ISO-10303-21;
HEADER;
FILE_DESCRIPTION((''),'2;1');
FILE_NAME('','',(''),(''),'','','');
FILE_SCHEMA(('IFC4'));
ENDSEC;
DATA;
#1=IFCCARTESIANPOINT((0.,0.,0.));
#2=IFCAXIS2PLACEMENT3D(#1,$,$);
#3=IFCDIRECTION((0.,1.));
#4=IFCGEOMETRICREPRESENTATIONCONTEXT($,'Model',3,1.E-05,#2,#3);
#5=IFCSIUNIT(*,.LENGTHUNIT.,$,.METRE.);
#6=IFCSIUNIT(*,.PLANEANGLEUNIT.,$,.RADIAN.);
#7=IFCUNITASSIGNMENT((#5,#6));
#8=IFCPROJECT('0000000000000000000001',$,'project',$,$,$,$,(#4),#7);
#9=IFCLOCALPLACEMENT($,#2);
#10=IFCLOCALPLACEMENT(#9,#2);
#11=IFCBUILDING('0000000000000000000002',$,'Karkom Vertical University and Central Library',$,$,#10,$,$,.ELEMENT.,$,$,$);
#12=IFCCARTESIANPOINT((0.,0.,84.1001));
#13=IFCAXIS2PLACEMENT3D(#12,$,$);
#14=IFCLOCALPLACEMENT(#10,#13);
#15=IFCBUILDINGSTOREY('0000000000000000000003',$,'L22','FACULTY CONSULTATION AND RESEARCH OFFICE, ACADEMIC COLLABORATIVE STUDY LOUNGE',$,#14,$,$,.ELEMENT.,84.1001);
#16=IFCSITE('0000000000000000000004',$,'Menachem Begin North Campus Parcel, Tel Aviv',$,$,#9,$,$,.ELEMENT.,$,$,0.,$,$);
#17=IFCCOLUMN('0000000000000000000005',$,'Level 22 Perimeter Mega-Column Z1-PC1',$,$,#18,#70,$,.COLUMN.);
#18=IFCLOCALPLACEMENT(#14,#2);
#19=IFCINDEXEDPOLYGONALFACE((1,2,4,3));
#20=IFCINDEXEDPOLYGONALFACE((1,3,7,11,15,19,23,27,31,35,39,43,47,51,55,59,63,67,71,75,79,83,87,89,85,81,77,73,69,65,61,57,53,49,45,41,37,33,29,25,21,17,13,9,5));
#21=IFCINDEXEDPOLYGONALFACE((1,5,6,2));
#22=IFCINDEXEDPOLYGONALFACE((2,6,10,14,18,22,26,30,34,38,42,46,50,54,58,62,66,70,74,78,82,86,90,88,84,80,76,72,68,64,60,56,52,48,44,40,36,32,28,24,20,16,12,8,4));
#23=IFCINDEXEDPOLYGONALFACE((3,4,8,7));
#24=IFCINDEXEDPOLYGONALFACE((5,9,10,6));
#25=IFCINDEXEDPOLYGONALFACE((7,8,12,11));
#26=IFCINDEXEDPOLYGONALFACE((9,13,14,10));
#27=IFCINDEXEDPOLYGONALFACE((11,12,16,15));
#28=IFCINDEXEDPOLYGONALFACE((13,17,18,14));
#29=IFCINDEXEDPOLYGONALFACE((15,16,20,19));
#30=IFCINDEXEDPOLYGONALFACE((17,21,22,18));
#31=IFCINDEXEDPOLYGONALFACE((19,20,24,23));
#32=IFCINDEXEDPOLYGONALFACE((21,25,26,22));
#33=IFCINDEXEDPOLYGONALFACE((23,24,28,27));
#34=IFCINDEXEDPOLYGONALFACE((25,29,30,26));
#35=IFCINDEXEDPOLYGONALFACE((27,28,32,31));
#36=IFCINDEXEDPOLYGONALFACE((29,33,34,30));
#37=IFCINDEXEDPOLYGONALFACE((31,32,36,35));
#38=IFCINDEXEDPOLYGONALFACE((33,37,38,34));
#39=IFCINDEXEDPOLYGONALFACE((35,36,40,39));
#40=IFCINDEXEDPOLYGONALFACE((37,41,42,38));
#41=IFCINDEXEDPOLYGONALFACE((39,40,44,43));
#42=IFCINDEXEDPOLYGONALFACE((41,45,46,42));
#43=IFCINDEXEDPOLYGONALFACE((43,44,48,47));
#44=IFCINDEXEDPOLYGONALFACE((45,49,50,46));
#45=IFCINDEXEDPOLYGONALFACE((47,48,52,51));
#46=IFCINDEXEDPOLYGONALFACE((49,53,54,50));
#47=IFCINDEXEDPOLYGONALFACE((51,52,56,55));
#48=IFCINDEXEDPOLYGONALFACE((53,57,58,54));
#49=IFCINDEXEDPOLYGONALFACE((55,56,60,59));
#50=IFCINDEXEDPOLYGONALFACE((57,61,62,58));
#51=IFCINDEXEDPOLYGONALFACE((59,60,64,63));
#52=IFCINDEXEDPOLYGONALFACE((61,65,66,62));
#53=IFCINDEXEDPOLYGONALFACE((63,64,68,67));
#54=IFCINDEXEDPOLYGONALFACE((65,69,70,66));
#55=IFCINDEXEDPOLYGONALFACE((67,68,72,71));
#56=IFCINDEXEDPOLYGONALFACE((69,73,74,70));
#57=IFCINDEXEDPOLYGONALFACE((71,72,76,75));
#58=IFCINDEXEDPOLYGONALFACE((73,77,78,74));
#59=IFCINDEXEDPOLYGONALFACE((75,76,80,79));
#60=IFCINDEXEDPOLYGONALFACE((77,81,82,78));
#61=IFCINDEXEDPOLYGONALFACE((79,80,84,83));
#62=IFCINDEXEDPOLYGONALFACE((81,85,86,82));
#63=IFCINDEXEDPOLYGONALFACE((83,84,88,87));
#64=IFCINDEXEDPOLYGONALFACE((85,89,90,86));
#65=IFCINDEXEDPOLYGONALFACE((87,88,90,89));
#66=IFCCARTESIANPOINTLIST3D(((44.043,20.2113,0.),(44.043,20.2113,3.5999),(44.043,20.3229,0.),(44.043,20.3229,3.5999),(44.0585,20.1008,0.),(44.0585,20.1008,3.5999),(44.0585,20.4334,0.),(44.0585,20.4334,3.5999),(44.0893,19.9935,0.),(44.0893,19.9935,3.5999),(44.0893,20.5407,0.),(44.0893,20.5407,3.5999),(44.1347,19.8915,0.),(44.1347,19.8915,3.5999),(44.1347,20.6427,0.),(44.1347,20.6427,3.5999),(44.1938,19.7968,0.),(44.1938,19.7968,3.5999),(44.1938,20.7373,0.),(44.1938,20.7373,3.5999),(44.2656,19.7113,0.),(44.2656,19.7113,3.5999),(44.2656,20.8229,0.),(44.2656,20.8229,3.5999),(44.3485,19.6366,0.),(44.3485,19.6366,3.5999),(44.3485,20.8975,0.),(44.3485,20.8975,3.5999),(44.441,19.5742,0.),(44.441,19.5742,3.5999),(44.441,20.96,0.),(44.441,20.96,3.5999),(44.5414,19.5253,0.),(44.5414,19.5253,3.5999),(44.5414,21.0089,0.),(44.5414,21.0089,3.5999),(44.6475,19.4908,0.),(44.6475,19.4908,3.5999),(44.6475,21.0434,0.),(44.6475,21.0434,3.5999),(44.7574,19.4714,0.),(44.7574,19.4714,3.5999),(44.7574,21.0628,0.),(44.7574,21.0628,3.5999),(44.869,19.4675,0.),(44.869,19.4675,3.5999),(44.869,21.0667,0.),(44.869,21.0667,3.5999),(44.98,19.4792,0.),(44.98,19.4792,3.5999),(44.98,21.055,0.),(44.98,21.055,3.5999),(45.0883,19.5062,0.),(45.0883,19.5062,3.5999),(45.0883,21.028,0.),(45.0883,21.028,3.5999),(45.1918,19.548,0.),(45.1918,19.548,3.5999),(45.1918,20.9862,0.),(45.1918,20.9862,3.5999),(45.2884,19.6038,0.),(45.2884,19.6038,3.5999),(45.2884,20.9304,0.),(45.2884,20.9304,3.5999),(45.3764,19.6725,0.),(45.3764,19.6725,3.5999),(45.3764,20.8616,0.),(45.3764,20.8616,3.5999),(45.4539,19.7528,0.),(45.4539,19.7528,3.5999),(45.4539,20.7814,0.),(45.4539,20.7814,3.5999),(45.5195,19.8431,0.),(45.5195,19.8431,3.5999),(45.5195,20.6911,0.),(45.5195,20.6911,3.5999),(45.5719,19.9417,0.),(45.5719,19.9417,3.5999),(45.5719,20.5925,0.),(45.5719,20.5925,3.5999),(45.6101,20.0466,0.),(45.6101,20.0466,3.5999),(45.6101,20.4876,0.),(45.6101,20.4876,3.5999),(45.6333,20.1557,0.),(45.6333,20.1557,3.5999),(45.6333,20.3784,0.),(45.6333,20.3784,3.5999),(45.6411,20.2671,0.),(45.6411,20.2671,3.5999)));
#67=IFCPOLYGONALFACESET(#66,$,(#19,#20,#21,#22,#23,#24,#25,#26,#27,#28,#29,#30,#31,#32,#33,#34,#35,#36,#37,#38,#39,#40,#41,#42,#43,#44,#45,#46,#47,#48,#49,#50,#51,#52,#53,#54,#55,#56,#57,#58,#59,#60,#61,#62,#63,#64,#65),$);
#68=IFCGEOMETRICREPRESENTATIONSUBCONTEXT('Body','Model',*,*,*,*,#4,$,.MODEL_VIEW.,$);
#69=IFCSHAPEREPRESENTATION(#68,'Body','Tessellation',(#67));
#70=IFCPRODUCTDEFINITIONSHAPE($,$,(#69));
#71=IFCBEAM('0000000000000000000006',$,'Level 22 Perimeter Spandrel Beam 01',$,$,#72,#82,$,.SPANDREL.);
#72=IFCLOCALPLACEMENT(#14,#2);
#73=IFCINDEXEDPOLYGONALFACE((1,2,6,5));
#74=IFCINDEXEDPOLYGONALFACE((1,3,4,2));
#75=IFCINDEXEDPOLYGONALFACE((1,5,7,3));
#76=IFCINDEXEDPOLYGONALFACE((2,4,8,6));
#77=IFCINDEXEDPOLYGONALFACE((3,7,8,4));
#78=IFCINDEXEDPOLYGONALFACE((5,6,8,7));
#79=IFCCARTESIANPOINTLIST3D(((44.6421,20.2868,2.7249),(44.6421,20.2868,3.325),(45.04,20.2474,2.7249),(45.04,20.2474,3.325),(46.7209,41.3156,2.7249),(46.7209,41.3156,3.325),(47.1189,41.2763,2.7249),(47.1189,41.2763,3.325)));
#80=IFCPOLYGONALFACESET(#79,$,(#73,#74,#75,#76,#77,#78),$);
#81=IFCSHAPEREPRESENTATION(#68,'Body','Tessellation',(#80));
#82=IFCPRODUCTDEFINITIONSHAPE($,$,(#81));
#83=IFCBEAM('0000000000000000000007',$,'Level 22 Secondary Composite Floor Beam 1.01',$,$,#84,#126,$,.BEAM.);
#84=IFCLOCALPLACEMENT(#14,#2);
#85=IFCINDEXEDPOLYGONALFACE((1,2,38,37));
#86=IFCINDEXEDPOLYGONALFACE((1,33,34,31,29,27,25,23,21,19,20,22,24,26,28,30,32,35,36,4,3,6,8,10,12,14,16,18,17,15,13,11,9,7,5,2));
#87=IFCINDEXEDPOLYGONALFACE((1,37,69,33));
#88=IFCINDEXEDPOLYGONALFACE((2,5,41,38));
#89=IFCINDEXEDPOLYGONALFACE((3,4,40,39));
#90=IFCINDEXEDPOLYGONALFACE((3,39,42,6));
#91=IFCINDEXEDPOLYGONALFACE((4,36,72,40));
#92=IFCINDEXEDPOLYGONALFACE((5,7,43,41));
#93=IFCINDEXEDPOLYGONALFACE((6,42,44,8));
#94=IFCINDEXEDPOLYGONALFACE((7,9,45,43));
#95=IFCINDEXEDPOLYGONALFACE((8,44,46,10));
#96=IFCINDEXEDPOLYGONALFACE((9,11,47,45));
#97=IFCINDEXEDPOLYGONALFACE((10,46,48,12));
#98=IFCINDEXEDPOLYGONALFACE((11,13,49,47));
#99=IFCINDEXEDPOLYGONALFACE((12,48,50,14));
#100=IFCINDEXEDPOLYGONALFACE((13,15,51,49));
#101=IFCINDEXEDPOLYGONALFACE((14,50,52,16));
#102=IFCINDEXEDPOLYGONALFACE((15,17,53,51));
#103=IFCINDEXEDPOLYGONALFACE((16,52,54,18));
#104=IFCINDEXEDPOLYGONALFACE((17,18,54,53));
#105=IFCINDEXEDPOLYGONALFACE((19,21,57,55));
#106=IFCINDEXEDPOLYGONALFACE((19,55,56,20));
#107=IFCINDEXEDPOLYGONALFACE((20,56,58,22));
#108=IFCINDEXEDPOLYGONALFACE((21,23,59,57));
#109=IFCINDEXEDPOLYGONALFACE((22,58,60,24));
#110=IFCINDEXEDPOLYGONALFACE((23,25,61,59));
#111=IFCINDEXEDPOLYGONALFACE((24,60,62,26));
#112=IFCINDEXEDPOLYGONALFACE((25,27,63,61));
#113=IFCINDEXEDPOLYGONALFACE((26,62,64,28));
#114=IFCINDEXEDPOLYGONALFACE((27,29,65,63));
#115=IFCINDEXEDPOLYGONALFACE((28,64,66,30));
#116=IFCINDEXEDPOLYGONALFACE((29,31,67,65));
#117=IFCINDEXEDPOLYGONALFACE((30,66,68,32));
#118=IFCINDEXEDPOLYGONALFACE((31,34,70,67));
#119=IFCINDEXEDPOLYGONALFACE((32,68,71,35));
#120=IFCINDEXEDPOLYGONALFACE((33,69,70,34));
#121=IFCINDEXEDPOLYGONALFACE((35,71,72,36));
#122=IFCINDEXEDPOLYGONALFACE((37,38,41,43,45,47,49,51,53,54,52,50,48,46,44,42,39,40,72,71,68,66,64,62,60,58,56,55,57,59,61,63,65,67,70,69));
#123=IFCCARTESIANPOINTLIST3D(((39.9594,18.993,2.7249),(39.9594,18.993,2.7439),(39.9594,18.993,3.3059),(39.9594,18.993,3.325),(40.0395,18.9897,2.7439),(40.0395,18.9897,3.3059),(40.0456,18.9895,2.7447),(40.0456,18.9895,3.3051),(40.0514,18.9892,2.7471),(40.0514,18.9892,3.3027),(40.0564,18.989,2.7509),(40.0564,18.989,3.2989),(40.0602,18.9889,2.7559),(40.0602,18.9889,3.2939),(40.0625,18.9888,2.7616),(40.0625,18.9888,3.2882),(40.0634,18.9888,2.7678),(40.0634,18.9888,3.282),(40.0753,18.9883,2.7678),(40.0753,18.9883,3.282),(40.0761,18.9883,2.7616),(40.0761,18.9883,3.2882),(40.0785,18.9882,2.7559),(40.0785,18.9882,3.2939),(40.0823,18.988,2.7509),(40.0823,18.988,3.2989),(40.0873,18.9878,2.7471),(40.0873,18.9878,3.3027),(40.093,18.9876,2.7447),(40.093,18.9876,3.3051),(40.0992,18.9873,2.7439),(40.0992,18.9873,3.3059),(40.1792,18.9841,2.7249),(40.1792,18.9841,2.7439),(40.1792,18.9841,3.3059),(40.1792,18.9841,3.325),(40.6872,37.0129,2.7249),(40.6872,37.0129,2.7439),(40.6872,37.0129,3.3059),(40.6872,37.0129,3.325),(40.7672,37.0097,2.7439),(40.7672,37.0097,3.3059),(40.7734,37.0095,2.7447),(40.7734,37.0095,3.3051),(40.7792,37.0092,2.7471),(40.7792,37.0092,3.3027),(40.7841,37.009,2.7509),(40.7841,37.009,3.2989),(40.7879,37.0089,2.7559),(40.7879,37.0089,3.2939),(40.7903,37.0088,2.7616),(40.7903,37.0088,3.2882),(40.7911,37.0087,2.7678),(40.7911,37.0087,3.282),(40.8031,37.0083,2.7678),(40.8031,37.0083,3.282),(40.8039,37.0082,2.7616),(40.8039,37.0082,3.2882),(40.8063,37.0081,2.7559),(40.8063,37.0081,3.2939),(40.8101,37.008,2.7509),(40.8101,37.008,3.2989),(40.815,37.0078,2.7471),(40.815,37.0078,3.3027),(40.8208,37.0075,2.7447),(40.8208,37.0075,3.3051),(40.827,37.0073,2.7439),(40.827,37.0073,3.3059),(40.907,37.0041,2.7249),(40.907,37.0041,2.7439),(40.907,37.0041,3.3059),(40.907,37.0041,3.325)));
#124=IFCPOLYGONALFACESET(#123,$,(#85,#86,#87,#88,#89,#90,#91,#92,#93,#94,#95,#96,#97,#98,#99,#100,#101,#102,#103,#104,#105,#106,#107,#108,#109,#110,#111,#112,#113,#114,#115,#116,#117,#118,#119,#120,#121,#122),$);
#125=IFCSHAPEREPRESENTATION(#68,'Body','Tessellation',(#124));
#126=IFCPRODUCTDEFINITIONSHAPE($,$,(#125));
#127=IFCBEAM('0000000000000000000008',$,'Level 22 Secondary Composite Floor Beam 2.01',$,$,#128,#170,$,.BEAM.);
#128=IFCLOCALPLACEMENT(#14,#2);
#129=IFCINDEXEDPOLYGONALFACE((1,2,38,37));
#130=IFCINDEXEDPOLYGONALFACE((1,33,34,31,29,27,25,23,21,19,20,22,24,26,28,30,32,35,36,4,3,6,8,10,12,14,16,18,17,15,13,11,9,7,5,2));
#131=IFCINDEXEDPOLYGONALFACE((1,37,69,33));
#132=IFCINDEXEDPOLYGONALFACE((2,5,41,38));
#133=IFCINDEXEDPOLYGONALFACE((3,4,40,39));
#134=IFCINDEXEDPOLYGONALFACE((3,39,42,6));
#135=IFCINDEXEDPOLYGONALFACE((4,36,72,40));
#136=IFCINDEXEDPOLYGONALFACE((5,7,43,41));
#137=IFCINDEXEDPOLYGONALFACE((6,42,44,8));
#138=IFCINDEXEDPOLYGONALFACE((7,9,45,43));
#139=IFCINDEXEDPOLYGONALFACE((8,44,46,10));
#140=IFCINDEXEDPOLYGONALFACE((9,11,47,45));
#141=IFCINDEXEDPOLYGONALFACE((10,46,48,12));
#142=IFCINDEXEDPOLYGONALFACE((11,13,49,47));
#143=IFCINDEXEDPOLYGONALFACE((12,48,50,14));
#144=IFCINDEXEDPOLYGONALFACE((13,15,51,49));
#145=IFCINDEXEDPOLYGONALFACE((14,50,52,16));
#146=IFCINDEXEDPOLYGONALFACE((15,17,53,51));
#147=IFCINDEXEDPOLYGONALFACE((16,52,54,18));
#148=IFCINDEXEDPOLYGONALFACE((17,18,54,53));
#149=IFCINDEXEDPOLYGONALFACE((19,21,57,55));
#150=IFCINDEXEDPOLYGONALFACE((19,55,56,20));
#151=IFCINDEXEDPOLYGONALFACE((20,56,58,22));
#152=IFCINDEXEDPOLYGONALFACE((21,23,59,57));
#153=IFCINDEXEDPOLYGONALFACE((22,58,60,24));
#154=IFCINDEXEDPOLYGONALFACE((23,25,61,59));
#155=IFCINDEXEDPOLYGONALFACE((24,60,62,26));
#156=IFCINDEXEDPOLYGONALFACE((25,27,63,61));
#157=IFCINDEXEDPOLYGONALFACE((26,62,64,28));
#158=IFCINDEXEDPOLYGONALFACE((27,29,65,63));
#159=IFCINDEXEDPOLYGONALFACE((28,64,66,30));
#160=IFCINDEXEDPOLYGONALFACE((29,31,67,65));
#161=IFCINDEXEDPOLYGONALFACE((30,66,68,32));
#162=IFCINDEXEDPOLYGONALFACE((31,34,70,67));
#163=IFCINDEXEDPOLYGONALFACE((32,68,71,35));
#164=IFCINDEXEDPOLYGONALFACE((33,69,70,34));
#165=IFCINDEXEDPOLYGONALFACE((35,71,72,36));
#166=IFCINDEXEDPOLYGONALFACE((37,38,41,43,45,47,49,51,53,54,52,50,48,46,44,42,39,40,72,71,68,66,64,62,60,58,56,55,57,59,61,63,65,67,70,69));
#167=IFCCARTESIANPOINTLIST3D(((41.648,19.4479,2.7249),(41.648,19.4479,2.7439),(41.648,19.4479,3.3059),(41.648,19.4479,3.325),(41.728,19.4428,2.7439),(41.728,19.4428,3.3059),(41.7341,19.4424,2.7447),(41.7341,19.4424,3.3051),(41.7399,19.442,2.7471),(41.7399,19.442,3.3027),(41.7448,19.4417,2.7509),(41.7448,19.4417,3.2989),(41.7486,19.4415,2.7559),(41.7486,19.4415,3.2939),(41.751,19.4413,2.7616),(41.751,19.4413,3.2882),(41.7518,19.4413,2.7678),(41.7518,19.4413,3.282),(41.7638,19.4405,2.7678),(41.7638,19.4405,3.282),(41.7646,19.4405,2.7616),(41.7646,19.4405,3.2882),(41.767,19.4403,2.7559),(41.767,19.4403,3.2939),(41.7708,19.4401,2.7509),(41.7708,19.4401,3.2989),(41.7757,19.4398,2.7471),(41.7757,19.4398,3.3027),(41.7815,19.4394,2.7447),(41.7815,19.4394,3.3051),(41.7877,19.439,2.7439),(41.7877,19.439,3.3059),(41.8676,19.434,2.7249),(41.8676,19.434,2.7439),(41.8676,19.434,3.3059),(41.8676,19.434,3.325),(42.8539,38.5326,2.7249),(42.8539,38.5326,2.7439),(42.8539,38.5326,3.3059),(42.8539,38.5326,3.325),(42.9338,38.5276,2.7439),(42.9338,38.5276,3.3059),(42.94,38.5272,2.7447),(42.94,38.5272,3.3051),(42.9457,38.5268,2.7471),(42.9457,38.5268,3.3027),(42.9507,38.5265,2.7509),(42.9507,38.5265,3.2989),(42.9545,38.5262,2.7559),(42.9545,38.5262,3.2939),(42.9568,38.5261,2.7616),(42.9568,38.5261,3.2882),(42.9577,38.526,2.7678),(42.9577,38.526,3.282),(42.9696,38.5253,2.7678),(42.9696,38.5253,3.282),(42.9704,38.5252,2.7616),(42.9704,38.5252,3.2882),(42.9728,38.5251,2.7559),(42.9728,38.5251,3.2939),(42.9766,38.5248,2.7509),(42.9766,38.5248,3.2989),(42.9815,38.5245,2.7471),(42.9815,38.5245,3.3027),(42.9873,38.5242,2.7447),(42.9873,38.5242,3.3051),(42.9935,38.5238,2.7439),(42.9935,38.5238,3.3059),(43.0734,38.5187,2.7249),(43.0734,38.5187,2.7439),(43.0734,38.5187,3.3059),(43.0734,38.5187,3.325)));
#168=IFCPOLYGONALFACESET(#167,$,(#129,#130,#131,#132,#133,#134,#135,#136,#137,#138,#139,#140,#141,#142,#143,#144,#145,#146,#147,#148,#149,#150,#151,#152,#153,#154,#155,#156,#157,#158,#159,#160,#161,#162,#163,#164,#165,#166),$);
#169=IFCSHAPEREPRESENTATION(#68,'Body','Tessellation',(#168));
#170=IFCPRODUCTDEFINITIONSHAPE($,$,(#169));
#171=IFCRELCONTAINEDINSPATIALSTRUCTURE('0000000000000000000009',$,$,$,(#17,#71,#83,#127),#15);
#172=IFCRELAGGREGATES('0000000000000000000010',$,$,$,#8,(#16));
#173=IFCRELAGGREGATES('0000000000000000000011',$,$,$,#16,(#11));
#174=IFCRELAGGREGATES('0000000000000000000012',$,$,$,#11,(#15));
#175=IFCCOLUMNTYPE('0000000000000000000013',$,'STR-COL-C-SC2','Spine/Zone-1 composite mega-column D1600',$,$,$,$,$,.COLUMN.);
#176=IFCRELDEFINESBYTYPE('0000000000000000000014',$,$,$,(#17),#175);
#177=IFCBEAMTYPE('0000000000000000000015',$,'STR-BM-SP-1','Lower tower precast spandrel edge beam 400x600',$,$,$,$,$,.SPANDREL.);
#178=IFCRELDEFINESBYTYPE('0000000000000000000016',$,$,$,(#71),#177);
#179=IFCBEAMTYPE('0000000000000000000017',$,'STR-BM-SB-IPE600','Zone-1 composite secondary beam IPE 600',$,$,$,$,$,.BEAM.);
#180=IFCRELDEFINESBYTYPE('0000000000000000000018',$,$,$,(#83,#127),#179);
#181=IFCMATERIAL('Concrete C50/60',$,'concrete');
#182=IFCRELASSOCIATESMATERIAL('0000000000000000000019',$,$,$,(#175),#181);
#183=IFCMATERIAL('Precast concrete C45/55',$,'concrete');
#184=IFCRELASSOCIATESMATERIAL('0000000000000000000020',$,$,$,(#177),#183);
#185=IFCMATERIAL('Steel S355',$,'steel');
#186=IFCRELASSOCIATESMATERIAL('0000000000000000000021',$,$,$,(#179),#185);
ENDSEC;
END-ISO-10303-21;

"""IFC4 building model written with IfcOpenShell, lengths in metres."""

from ifc_helpers import new_model, si_unit, direction, frame, origin, origin_with_axes, origin_2d, place, context, subcontext, project, spatial, rectangle, circle, i_section, extrude, source, transform, mapped, material, material_profile, profile_set, type_object, element, save


model = new_model("IFC4")

# Units and contexts
model_context = context("Model", 3, precision=1e-05, world=origin(), true_north=direction((0.0, 1.0)))
body_context = subcontext(model_context, "Body", "Model", "MODEL_VIEW")
ifc_project = project(units=[si_unit("LENGTHUNIT", "METRE"), si_unit("PLANEANGLEUNIT", "RADIAN")], contexts=[model_context])

# Site, building, storey
site_placement = place(None, origin())
site = spatial("IfcSite", under=ifc_project, at=site_placement, Name="Menachem Begin North Campus Parcel, Tel Aviv", CompositionType="ELEMENT", RefElevation=0.0)
building_placement = place(site_placement, origin())
building = spatial("IfcBuilding", under=site, at=building_placement, Name="Karkom Vertical University and Central Library", CompositionType="ELEMENT")
storey_placement = place(building_placement, frame((0.0, 0.0, 84.1001)))
storey = spatial("IfcBuildingStorey", under=building, at=storey_placement, Name="L22", Description="FACULTY CONSULTATION AND RESEARCH OFFICE, ACADEMIC COLLABORATIVE STUDY LOUNGE", CompositionType="ELEMENT", Elevation=84.1001)

# Column
ifc_material_1 = material(Name="Concrete C50/60", Category="concrete")
ifc_material_profile_1 = material_profile(ifc_material_1, circle(Radius=0.8, at=origin_2d()), Name="CFT-D1600")
ifc_profile_set_1 = profile_set([ifc_material_profile_1], Name="Concrete C50/60")
column_type = type_object("IfcColumnType", Name="STR-COL-C-SC2", Description="Spine/Zone-1 composite mega-column D1600", PredefinedType="COLUMN", material=ifc_profile_set_1)
shared_shape_1 = source(origin_with_axes(), body_context, "Body", "SweptSolid", [
    extrude(circle(Radius=0.8, at=origin_2d()), origin(), (0.0, 0.0, 1.0), 3.5999),
])
column_placement = place(storey_placement, frame((44.8411, 20.2671, 0.0), z_axis=(0.0, 0.0, 1.0), x_axis=(1.0, 0.0, 0.0)))
element("IfcColumn", 1, at=column_placement, inside=storey, type_object=column_type, Name="Level 22 Perimeter Mega-Column Z1-PC1", PredefinedType="COLUMN", context=body_context, shape_type="MappedRepresentation", body=[
    mapped(shared_shape_1, transform((0.0, 0.0, 0.0), scale=1.0)),
])

# Beams
ifc_material_2 = material(Name="Precast concrete C45/55", Category="concrete")
ifc_material_profile_2 = material_profile(ifc_material_2, rectangle(XDim=0.3999, YDim=0.6001, at=origin_2d()), Name="SPB-400x600")
ifc_profile_set_2 = profile_set([ifc_material_profile_2], Name="Precast concrete C45/55")
beam_type_1 = type_object("IfcBeamType", Name="STR-BM-SP-1", Description="Lower tower precast spandrel edge beam 400x600", PredefinedType="SPANDREL", material=ifc_profile_set_2)
shared_shape_2 = source(origin_with_axes(), body_context, "Body", "SweptSolid", [
    extrude(rectangle(XDim=0.3999, YDim=0.6001, at=origin_2d()), origin(), (0.0, 0.0, 1.0), 21.1313),
])
beam_1_placement = place(storey_placement, frame((44.8411, 20.2671, 3.0249), z_axis=(0.098378, 0.995149, 0.0), x_axis=(-0.995149, 0.098378, 0.0)))
element("IfcBeam", 2, at=beam_1_placement, inside=storey, type_object=beam_type_1, Name="Level 22 Perimeter Spandrel Beam 01", PredefinedType="SPANDREL", context=body_context, shape_type="MappedRepresentation", body=[
    mapped(shared_shape_2, transform((0.0, 0.0, 0.0), scale=1.0)),
])
ifc_material_3 = material(Name="Steel S355", Category="steel")
ifc_material_profile_3 = material_profile(ifc_material_3, i_section(OverallWidth=0.22, OverallDepth=0.6001, WebThickness=0.012, FlangeThickness=0.019, FilletRadius=0.0239, at=origin_2d()), Name="IPE 600")
ifc_profile_set_3 = profile_set([ifc_material_profile_3], Name="Steel S355")
beam_type_2 = type_object("IfcBeamType", Name="STR-BM-SB-IPE600", Description="Zone-1 composite secondary beam IPE 600", PredefinedType="BEAM", material=ifc_profile_set_3)
shared_shape_3 = source(origin_with_axes(), body_context, "Body", "SweptSolid", [
    extrude(i_section(OverallWidth=0.22, OverallDepth=0.6001, WebThickness=0.012, FlangeThickness=0.019, FilletRadius=0.0239, at=origin_2d()), origin(), (0.0, 0.0, 1.0), 18.0347),
])
beam_2_placement = place(storey_placement, frame((40.0693, 18.9885, 3.0249), z_axis=(0.040355, 0.999185, 0.0), x_axis=(-0.999185, 0.040355, 0.0)))
element("IfcBeam", 3, at=beam_2_placement, inside=storey, type_object=beam_type_2, Name="Level 22 Secondary Composite Floor Beam 1.01", PredefinedType="BEAM", context=body_context, shape_type="MappedRepresentation", body=[
    mapped(shared_shape_3, transform((0.0, 0.0, 0.0), scale=1.0)),
])
shared_shape_4 = source(origin_with_axes(), body_context, "Body", "SweptSolid", [
    extrude(i_section(OverallWidth=0.22, OverallDepth=0.6001, WebThickness=0.012, FlangeThickness=0.019, FilletRadius=0.0239, at=origin_2d()), origin(), (0.0, 0.0, 1.0), 19.1228),
])
beam_3_placement = place(storey_placement, frame((41.7578, 19.4409, 3.0249), z_axis=(0.063056, 0.99801, 0.0), x_axis=(-0.99801, 0.063056, 0.0)))
element("IfcBeam", 4, at=beam_3_placement, inside=storey, type_object=beam_type_2, Name="Level 22 Secondary Composite Floor Beam 2.01", PredefinedType="BEAM", context=body_context, shape_type="MappedRepresentation", body=[
    mapped(shared_shape_4, transform((0.0, 0.0, 0.0), scale=1.0)),
])

save(model, "model.ifc")
